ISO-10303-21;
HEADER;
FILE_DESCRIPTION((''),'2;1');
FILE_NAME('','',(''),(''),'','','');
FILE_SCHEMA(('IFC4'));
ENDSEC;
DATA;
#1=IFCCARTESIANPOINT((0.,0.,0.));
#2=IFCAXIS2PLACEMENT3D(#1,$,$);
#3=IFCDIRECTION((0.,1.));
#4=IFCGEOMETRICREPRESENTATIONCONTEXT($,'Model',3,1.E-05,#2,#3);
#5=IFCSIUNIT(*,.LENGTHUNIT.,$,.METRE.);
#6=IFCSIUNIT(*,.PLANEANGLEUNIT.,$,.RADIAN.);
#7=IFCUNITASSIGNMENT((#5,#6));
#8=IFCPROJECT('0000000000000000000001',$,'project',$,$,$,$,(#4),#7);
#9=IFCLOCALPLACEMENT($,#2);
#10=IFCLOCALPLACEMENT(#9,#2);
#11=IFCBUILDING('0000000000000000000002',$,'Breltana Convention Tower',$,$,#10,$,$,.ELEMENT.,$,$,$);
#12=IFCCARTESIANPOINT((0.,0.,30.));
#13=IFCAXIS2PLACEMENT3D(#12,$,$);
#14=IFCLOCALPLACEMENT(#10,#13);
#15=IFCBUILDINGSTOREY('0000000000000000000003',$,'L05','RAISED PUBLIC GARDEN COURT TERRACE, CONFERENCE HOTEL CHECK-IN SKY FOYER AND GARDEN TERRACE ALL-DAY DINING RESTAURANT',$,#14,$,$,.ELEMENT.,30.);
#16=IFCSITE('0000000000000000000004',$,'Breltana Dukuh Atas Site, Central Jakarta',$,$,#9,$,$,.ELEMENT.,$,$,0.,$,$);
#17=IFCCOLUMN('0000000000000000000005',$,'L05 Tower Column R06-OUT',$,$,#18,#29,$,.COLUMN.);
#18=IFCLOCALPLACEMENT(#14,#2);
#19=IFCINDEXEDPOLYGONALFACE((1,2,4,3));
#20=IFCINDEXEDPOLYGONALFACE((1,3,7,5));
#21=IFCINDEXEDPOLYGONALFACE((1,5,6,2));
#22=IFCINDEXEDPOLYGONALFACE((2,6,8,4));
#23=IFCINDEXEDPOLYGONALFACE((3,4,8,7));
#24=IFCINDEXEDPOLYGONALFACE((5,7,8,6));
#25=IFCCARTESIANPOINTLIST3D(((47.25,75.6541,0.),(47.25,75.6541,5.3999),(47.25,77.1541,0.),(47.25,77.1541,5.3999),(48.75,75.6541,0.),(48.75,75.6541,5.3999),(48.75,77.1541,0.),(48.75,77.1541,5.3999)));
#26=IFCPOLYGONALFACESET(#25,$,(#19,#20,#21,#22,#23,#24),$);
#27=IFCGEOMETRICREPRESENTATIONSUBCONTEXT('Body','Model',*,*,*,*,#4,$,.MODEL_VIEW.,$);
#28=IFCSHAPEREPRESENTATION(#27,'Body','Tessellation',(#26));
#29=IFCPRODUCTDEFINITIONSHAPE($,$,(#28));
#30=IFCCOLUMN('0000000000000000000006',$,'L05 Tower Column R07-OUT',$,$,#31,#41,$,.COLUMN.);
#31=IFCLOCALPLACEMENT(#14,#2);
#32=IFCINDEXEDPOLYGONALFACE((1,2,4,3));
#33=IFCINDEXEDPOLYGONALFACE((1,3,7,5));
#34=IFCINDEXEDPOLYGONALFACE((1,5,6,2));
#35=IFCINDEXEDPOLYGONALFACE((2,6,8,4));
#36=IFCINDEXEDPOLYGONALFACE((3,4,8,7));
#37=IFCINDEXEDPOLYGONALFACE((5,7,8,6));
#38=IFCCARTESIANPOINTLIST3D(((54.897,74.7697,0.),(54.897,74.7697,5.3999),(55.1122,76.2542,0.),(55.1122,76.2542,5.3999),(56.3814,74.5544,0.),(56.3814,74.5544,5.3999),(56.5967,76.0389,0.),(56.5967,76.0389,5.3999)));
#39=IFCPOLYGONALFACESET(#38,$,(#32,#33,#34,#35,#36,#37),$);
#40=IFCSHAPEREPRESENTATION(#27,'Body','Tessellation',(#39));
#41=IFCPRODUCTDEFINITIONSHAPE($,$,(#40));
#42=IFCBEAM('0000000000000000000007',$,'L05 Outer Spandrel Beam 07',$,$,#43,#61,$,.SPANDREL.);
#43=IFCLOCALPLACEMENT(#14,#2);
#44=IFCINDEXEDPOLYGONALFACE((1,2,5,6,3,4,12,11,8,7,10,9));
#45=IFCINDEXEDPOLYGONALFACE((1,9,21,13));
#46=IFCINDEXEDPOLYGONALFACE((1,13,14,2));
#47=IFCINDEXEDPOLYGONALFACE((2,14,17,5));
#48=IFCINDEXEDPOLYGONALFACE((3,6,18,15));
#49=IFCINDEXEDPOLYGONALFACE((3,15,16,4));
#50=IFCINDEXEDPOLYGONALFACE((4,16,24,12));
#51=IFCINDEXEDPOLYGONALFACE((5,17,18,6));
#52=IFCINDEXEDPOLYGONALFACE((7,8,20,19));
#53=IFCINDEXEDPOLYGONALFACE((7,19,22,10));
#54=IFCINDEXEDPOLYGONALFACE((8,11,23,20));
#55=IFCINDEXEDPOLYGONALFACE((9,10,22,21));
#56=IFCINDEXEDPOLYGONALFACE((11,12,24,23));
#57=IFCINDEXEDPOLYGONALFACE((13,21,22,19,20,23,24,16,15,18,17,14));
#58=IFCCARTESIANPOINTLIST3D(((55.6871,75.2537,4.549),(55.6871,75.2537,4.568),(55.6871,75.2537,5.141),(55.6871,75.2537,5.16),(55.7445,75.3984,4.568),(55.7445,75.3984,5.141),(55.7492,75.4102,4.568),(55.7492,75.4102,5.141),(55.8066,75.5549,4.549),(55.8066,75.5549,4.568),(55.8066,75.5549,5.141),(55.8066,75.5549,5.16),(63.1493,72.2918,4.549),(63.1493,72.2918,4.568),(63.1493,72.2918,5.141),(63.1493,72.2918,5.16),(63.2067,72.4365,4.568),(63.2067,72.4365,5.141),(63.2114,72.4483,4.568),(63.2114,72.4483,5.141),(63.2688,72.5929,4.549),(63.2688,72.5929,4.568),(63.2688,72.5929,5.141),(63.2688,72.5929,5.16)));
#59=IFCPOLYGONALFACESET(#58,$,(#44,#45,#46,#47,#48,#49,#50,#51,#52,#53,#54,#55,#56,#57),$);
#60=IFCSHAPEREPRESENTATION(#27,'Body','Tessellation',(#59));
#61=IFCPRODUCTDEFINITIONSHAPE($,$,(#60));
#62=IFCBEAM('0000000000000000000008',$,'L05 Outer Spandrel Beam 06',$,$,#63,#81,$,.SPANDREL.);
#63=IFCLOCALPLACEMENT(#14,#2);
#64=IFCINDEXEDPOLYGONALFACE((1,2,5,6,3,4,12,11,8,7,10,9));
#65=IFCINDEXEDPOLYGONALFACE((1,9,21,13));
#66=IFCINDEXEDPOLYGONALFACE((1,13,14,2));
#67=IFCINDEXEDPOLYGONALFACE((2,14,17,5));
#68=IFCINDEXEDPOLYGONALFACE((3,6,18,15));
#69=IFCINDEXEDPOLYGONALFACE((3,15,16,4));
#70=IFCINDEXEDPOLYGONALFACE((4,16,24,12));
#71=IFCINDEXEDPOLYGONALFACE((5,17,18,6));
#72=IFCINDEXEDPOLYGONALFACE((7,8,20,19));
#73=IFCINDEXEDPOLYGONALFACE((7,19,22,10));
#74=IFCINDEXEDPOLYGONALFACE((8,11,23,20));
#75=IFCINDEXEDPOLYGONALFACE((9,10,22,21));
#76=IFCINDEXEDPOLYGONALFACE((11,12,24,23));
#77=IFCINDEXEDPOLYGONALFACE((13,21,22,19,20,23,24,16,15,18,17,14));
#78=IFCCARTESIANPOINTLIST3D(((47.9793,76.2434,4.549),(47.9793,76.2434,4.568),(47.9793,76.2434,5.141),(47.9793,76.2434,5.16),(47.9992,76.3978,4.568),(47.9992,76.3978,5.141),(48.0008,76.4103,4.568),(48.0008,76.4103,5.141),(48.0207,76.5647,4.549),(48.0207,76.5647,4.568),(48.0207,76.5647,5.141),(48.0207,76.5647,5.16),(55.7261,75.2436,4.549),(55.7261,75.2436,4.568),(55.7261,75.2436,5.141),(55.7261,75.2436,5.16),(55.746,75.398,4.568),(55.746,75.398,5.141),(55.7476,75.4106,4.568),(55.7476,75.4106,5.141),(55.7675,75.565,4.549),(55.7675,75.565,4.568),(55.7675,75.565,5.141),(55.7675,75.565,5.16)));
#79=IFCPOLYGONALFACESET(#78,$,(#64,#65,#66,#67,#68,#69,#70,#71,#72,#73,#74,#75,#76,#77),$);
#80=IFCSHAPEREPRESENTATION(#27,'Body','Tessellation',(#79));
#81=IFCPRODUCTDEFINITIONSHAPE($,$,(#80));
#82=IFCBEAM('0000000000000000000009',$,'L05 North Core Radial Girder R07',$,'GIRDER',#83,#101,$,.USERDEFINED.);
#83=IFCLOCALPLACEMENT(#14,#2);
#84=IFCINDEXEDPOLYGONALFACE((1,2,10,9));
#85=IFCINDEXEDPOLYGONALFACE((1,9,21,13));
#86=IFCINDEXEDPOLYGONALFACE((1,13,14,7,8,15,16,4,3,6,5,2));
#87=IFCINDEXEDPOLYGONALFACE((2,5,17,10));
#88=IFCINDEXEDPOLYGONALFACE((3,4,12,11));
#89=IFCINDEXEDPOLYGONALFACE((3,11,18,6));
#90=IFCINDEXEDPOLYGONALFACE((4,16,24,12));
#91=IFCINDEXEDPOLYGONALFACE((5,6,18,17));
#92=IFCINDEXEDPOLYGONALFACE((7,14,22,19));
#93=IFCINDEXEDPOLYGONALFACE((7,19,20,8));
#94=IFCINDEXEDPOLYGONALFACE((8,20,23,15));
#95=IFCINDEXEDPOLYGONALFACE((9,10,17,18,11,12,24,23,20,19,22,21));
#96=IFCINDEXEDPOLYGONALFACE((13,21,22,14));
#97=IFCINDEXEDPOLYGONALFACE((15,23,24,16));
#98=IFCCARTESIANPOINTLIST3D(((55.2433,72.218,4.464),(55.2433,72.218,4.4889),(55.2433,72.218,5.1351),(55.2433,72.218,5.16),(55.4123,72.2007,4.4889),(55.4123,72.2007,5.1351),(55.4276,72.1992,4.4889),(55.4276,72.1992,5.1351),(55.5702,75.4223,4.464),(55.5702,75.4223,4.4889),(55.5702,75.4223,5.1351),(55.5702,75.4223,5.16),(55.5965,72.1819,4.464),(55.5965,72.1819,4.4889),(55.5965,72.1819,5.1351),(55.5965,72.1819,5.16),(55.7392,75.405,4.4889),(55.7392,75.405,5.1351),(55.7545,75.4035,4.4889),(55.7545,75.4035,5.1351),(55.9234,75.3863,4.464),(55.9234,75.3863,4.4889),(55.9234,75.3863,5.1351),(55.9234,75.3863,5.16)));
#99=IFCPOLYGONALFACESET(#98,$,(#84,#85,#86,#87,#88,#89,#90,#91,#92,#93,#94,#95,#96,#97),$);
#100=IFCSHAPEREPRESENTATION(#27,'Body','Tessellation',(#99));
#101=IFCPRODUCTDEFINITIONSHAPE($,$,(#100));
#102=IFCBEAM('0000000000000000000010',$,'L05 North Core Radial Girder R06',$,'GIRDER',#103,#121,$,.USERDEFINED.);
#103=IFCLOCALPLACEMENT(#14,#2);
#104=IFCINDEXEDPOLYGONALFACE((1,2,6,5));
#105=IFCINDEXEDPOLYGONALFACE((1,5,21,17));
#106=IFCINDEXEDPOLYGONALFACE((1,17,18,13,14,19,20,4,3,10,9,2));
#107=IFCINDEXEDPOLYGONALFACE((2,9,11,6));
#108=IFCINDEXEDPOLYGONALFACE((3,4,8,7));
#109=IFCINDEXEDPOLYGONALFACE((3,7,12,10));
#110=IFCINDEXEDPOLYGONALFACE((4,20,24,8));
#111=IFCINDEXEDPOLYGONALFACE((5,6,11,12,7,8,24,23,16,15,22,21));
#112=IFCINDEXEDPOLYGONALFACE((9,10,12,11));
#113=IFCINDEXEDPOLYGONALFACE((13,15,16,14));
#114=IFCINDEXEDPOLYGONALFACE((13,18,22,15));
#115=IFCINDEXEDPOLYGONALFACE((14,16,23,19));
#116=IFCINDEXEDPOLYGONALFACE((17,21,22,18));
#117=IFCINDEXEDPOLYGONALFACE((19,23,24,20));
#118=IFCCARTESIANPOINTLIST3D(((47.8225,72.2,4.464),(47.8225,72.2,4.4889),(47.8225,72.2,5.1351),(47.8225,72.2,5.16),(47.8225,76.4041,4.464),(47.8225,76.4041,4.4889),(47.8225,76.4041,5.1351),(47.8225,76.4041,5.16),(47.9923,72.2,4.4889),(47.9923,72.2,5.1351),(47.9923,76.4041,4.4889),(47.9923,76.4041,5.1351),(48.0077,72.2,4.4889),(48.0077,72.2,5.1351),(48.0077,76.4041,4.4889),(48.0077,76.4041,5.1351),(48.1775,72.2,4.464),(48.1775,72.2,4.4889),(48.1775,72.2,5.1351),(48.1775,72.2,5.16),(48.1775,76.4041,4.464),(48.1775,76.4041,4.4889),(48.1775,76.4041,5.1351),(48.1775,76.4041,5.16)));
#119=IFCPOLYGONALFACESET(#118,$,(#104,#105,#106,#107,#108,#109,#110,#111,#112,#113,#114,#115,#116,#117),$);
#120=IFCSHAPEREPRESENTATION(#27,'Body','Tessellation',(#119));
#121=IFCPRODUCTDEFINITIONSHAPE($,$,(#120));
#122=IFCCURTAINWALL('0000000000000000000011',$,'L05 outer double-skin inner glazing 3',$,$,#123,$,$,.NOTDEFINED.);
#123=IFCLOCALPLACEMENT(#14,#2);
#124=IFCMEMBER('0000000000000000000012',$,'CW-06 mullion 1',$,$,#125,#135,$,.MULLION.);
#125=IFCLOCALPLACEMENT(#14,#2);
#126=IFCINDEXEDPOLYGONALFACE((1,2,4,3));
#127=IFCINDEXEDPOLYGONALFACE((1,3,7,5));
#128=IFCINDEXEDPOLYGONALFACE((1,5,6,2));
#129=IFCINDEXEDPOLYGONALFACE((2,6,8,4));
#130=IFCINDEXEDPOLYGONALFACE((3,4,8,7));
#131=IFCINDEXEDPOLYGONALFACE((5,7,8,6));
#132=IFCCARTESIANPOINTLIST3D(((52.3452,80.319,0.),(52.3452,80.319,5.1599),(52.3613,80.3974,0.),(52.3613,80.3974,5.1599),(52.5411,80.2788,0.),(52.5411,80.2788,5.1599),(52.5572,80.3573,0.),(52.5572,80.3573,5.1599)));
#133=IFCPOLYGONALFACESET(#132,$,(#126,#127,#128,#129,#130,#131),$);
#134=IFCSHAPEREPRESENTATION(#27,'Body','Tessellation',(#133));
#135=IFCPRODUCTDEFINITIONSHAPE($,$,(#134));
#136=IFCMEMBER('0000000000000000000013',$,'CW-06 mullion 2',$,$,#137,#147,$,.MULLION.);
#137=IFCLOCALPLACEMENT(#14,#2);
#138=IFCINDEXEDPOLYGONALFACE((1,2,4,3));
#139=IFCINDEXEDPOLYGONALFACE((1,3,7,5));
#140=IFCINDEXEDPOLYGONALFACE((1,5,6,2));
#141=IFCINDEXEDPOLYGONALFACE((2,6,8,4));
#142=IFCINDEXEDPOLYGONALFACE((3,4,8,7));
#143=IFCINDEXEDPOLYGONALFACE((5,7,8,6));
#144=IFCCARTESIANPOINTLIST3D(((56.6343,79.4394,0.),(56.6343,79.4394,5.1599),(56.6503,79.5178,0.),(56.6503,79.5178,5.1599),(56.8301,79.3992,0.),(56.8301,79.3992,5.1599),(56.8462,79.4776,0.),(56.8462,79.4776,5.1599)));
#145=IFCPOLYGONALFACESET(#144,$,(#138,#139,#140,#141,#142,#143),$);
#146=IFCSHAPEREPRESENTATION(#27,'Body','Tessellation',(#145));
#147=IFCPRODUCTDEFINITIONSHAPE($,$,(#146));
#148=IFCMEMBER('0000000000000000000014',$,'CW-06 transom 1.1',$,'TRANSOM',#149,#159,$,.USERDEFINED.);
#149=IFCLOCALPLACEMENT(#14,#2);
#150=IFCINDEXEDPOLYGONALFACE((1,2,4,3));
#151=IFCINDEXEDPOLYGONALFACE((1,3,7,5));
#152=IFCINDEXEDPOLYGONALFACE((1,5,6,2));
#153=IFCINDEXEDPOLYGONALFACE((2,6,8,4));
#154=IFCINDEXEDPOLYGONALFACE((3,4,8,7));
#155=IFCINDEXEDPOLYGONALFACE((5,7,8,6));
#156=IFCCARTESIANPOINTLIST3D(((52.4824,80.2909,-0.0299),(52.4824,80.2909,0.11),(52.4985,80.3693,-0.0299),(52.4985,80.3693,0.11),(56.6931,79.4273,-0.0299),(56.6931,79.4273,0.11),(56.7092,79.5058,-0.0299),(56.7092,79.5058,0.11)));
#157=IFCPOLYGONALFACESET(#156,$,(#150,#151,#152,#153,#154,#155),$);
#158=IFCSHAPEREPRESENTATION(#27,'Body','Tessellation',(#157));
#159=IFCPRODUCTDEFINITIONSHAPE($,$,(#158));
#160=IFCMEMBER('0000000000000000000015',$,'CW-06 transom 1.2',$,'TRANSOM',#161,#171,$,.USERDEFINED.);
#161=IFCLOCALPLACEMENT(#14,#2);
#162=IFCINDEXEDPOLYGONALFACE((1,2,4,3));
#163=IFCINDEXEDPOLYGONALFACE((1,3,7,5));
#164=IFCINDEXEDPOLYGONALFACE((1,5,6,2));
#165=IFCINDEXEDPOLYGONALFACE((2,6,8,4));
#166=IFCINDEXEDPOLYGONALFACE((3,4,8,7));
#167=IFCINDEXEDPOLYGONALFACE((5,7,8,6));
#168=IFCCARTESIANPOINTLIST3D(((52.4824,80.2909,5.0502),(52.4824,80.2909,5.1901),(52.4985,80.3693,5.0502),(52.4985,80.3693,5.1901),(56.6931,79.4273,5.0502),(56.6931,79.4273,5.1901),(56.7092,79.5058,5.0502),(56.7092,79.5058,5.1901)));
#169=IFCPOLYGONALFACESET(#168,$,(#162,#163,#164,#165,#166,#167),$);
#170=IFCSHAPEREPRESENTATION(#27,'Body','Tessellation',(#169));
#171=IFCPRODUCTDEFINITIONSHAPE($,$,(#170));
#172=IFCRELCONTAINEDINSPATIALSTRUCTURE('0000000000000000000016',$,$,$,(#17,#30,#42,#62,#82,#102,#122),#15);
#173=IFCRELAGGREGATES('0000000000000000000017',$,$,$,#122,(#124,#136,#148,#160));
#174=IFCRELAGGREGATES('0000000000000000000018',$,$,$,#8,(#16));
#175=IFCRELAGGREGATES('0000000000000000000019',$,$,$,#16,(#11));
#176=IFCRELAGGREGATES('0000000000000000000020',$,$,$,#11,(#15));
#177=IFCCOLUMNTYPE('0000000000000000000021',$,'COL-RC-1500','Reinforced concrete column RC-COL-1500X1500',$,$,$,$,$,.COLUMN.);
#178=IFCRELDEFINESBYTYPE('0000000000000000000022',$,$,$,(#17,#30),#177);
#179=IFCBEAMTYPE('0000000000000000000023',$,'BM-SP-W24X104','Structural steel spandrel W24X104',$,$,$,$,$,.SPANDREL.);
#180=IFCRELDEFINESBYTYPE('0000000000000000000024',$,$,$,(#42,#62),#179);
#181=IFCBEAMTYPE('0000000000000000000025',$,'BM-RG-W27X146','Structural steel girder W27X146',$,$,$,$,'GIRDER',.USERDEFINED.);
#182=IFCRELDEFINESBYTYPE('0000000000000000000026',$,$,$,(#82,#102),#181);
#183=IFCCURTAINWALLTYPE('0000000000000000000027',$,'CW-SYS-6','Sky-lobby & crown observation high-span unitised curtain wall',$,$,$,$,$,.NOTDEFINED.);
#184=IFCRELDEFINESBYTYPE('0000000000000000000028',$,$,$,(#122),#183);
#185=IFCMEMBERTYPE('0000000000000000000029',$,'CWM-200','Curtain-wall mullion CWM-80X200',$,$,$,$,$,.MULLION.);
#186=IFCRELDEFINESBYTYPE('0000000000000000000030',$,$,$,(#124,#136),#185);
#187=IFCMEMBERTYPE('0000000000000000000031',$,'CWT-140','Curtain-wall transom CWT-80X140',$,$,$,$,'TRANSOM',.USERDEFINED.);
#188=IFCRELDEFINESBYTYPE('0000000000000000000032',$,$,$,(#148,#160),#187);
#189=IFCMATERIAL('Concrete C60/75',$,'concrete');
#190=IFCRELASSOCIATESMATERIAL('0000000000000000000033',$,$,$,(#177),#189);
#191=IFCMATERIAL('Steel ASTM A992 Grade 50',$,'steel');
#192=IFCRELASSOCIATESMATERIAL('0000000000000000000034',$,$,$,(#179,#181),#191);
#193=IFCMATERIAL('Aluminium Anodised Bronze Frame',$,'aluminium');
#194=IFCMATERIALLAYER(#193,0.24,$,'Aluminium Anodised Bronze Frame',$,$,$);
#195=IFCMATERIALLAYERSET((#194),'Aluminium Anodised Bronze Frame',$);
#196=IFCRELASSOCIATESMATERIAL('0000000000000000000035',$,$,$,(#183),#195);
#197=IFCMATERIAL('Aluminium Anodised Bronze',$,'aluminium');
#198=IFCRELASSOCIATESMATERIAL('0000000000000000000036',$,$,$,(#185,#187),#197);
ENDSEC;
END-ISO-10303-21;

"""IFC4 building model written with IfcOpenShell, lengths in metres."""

from ifc_helpers import new_model, si_unit, direction, frame, origin, origin_2d, place, context, subcontext, project, spatial, rectangle, i_section, extrude, source, transform, mapped, material, layer, layer_set, material_profile, profile_set, type_object, type_shapes, element, aggregate, save


model = new_model("IFC4")

# Units and contexts
model_context = context("Model", 3, precision=1e-05, world=origin(), true_north=direction((0.0, 1.0)))
body_context = subcontext(model_context, "Body", "Model", "MODEL_VIEW")
ifc_project = project(units=[si_unit("LENGTHUNIT", "METRE"), si_unit("PLANEANGLEUNIT", "RADIAN")], contexts=[model_context])

# Site, building, storey
site_placement = place(None, origin())
site = spatial("IfcSite", under=ifc_project, at=site_placement, Name="Breltana Dukuh Atas Site, Central Jakarta", CompositionType="ELEMENT", RefElevation=0.0)
building_placement = place(site_placement, origin())
building = spatial("IfcBuilding", under=site, at=building_placement, Name="Breltana Convention Tower", CompositionType="ELEMENT")
storey_placement = place(building_placement, frame((0.0, 0.0, 30.0)))
storey = spatial("IfcBuildingStorey", under=building, at=storey_placement, Name="L05", Description="RAISED PUBLIC GARDEN COURT TERRACE, CONFERENCE HOTEL CHECK-IN SKY FOYER AND GARDEN TERRACE ALL-DAY DINING RESTAURANT", CompositionType="ELEMENT", Elevation=30.0)

# Columns
ifc_material_1 = material(Name="Concrete C60/75", Category="concrete")
ifc_material_profile_1 = material_profile(ifc_material_1, rectangle(XDim=1.5, YDim=1.5, at=origin_2d()), Name="RC-COL-1500X1500")
ifc_profile_set_1 = profile_set([ifc_material_profile_1], Name="Concrete C60/75")
column_type = type_object("IfcColumnType", Name="COL-RC-1500", Description="Reinforced concrete column RC-COL-1500X1500", PredefinedType="COLUMN", material=ifc_profile_set_1)
shared_shape_1 = source(origin(), body_context, "Body", "SweptSolid", [
    extrude(rectangle(XDim=1.5, YDim=1.5, at=origin_2d()), origin(), (0.0, 0.0, 1.0), 5.3999),
])
type_shapes(column_type, [shared_shape_1])
for number, where, z_axis, x_axis, name in (
    (1, (48.0, 76.4041, 0.0), (0.0, 0.0, 1.0), (0.0, 1.0, 0.0), "L05 Tower Column R06-OUT"),
    (2, (55.7468, 75.4043, 0.0), (0.0, 0.0, 1.0), (0.143493, 0.989651, 0.0), "L05 Tower Column R07-OUT"),
):
    element("IfcColumn", number, at=place(storey_placement, frame(where, z_axis=z_axis, x_axis=x_axis)), inside=storey, type_object=column_type, Name=name, PredefinedType="COLUMN", context=body_context, shape_type="MappedRepresentation", body=[
        mapped(shared_shape_1, transform((0.0, 0.0, 0.0), scale=1.0)),
    ])

# Beams
ifc_material_2 = material(Name="Steel ASTM A992 Grade 50", Category="steel")
ifc_material_profile_2 = material_profile(ifc_material_2, i_section(OverallWidth=0.324, OverallDepth=0.6111, WebThickness=0.0127, FlangeThickness=0.019, at=origin_2d()), Name="W24X104")
ifc_profile_set_2 = profile_set([ifc_material_profile_2], Name="Steel ASTM A992 Grade 50")
beam_type_1 = type_object("IfcBeamType", Name="BM-SP-W24X104", Description="Structural steel spandrel W24X104", PredefinedType="SPANDREL", material=ifc_profile_set_2)
shared_shape_2 = source(origin(), body_context, "Body", "SweptSolid", [
    extrude(i_section(OverallWidth=0.324, OverallDepth=0.6111, WebThickness=0.0127, FlangeThickness=0.019, at=origin_2d()), origin(), (0.0, 0.0, 1.0), 8.0286),
])
beam_1_placement = place(storey_placement, frame((55.7468, 75.4043, 4.8545), z_axis=(0.929459, -0.368925, 0.0), x_axis=(0.368925, 0.929459, 0.0)))
element("IfcBeam", 3, at=beam_1_placement, inside=storey, type_object=beam_type_1, Name="L05 Outer Spandrel Beam 07", PredefinedType="SPANDREL", context=body_context, shape_type="MappedRepresentation", body=[
    mapped(shared_shape_2, transform((0.0, 0.0, 0.0), scale=1.0)),
])
shared_shape_3 = source(origin(), body_context, "Body", "SweptSolid", [
    extrude(i_section(OverallWidth=0.324, OverallDepth=0.6111, WebThickness=0.0127, FlangeThickness=0.019, at=origin_2d()), origin(), (0.0, 0.0, 1.0), 7.811),
])
beam_2_placement = place(storey_placement, frame((48.0, 76.4041, 4.8545), z_axis=(0.991775, -0.127992, 0.0), x_axis=(0.127992, 0.991775, 0.0)))
element("IfcBeam", 4, at=beam_2_placement, inside=storey, type_object=beam_type_1, Name="L05 Outer Spandrel Beam 06", PredefinedType="SPANDREL", context=body_context, shape_type="MappedRepresentation", body=[
    mapped(shared_shape_3, transform((0.0, 0.0, 0.0), scale=1.0)),
])
ifc_material_profile_3 = material_profile(ifc_material_2, i_section(OverallWidth=0.355, OverallDepth=0.696, WebThickness=0.0154, FlangeThickness=0.0249, at=origin_2d()), Name="W27X146")
ifc_profile_set_3 = profile_set([ifc_material_profile_3], Name="Steel ASTM A992 Grade 50")
beam_type_2 = type_object("IfcBeamType", Name="BM-RG-W27X146", Description="Structural steel girder W27X146", ElementType="GIRDER", PredefinedType="USERDEFINED", material=ifc_profile_set_3)
shared_shape_4 = source(origin(), body_context, "Body", "SweptSolid", [
    extrude(i_section(OverallWidth=0.355, OverallDepth=0.696, WebThickness=0.0154, FlangeThickness=0.0249, at=origin_2d()), origin(), (0.0, 0.0, 1.0), 3.2209),
])
beam_3_placement = place(storey_placement, frame((55.4199, 72.2, 4.812), z_axis=(0.101492, 0.994836, 0.0), x_axis=(-0.994836, 0.101492, 0.0)))
element("IfcBeam", 5, at=beam_3_placement, inside=storey, type_object=beam_type_2, Name="L05 North Core Radial Girder R07", ObjectType="GIRDER", PredefinedType="USERDEFINED", context=body_context, shape_type="MappedRepresentation", body=[
    mapped(shared_shape_4, transform((0.0, 0.0, 0.0), scale=1.0)),
])
shared_shape_5 = source(origin(), body_context, "Body", "SweptSolid", [
    extrude(i_section(OverallWidth=0.355, OverallDepth=0.696, WebThickness=0.0154, FlangeThickness=0.0249, at=origin_2d()), origin(), (0.0, 0.0, 1.0), 4.2041),
])
beam_4_placement = place(storey_placement, frame((48.0, 72.2, 4.812), z_axis=(0.0, 1.0, 0.0), x_axis=(-1.0, 0.0, 0.0)))
element("IfcBeam", 6, at=beam_4_placement, inside=storey, type_object=beam_type_2, Name="L05 North Core Radial Girder R06", ObjectType="GIRDER", PredefinedType="USERDEFINED", context=body_context, shape_type="MappedRepresentation", body=[
    mapped(shared_shape_5, transform((0.0, 0.0, 0.0), scale=1.0)),
])

# Curtain wall, members
ifc_material_3 = material(Name="Aluminium Anodised Bronze Frame", Category="aluminium")
ifc_layer_1 = layer(ifc_material_3, 0.24, Name="Aluminium Anodised Bronze Frame")
ifc_layer_set_1 = layer_set([ifc_layer_1], Name="Aluminium Anodised Bronze Frame")
curtain_wall_type = type_object("IfcCurtainWallType", Name="CW-SYS-6", Description="Sky-lobby & crown observation high-span unitised curtain wall", PredefinedType="NOTDEFINED", material=ifc_layer_set_1)
curtain_wall_placement = place(storey_placement, origin())
curtain_wall = element("IfcCurtainWall", 7, at=curtain_wall_placement, inside=storey, type_object=curtain_wall_type, Name="L05 outer double-skin inner glazing 3", PredefinedType="NOTDEFINED")
ifc_material_4 = material(Name="Aluminium Anodised Bronze", Category="aluminium")
ifc_material_profile_4 = material_profile(ifc_material_4, rectangle(XDim=0.0801, YDim=0.2, at=origin_2d()), Name="CWM-80X200")
ifc_profile_set_4 = profile_set([ifc_material_profile_4], Name="Aluminium Anodised Bronze")
member_type_1 = type_object("IfcMemberType", Name="CWM-200", Description="Curtain-wall mullion CWM-80X200", PredefinedType="MULLION", material=ifc_profile_set_4)
shared_shape_6 = source(origin(), body_context, "Body", "SweptSolid", [
    extrude(rectangle(XDim=0.0801, YDim=0.2, at=origin_2d()), origin(), (0.0, 0.0, 1.0), 5.1599),
])
type_shapes(member_type_1, [shared_shape_6])
member_1_placement = place(storey_placement, frame((52.4512, 80.3381, 0.0), z_axis=(0.0, 0.0, 1.0), x_axis=(0.200885, 0.979615, 0.0)))
member_1 = element("IfcMember", 8, at=member_1_placement, type_object=member_type_1, Name="CW-06 mullion 1", PredefinedType="MULLION", context=body_context, shape_type="MappedRepresentation", body=[
    mapped(shared_shape_6, transform((0.0, 0.0, 0.0), scale=1.0)),
])
member_2_placement = place(storey_placement, frame((56.7402, 79.4585, 0.0), z_axis=(0.0, 0.0, 1.0), x_axis=(0.200885, 0.979615, 0.0)))
member_2 = element("IfcMember", 9, at=member_2_placement, type_object=member_type_1, Name="CW-06 mullion 2", PredefinedType="MULLION", context=body_context, shape_type="MappedRepresentation", body=[
    mapped(shared_shape_6, transform((0.0, 0.0, 0.0), scale=1.0)),
])
ifc_material_profile_5 = material_profile(ifc_material_4, rectangle(XDim=0.0801, YDim=0.1399, at=origin_2d()), Name="CWT-80X140")
ifc_profile_set_5 = profile_set([ifc_material_profile_5], Name="Aluminium Anodised Bronze")
member_type_2 = type_object("IfcMemberType", Name="CWT-140", Description="Curtain-wall transom CWT-80X140", ElementType="TRANSOM", PredefinedType="USERDEFINED", material=ifc_profile_set_5)
shared_shape_7 = source(origin(), body_context, "Body", "SweptSolid", [
    extrude(rectangle(XDim=0.0801, YDim=0.1399, at=origin_2d()), origin(), (0.0, 0.0, 1.0), 4.2983),
])
member_3_placement = place(storey_placement, frame((52.4905, 80.3301, 0.04), z_axis=(0.979612, -0.200898, 0.0), x_axis=(0.200898, 0.979612, 0.0)))
member_3 = element("IfcMember", 10, at=member_3_placement, type_object=member_type_2, Name="CW-06 transom 1.1", ObjectType="TRANSOM", PredefinedType="USERDEFINED", context=body_context, shape_type="MappedRepresentation", body=[
    mapped(shared_shape_7, transform((0.0, 0.0, 0.0), scale=1.0)),
])
member_4_placement = place(storey_placement, frame((52.4905, 80.3301, 5.1201), z_axis=(0.979612, -0.200898, 0.0), x_axis=(0.200898, 0.979612, 0.0)))
member_4 = element("IfcMember", 11, at=member_4_placement, type_object=member_type_2, Name="CW-06 transom 1.2", ObjectType="TRANSOM", PredefinedType="USERDEFINED", context=body_context, shape_type="MappedRepresentation", body=[
    mapped(shared_shape_7, transform((0.0, 0.0, 0.0), scale=1.0)),
])
aggregate(curtain_wall, [member_1, member_2, member_3, member_4])

save(model, "model.ifc")
